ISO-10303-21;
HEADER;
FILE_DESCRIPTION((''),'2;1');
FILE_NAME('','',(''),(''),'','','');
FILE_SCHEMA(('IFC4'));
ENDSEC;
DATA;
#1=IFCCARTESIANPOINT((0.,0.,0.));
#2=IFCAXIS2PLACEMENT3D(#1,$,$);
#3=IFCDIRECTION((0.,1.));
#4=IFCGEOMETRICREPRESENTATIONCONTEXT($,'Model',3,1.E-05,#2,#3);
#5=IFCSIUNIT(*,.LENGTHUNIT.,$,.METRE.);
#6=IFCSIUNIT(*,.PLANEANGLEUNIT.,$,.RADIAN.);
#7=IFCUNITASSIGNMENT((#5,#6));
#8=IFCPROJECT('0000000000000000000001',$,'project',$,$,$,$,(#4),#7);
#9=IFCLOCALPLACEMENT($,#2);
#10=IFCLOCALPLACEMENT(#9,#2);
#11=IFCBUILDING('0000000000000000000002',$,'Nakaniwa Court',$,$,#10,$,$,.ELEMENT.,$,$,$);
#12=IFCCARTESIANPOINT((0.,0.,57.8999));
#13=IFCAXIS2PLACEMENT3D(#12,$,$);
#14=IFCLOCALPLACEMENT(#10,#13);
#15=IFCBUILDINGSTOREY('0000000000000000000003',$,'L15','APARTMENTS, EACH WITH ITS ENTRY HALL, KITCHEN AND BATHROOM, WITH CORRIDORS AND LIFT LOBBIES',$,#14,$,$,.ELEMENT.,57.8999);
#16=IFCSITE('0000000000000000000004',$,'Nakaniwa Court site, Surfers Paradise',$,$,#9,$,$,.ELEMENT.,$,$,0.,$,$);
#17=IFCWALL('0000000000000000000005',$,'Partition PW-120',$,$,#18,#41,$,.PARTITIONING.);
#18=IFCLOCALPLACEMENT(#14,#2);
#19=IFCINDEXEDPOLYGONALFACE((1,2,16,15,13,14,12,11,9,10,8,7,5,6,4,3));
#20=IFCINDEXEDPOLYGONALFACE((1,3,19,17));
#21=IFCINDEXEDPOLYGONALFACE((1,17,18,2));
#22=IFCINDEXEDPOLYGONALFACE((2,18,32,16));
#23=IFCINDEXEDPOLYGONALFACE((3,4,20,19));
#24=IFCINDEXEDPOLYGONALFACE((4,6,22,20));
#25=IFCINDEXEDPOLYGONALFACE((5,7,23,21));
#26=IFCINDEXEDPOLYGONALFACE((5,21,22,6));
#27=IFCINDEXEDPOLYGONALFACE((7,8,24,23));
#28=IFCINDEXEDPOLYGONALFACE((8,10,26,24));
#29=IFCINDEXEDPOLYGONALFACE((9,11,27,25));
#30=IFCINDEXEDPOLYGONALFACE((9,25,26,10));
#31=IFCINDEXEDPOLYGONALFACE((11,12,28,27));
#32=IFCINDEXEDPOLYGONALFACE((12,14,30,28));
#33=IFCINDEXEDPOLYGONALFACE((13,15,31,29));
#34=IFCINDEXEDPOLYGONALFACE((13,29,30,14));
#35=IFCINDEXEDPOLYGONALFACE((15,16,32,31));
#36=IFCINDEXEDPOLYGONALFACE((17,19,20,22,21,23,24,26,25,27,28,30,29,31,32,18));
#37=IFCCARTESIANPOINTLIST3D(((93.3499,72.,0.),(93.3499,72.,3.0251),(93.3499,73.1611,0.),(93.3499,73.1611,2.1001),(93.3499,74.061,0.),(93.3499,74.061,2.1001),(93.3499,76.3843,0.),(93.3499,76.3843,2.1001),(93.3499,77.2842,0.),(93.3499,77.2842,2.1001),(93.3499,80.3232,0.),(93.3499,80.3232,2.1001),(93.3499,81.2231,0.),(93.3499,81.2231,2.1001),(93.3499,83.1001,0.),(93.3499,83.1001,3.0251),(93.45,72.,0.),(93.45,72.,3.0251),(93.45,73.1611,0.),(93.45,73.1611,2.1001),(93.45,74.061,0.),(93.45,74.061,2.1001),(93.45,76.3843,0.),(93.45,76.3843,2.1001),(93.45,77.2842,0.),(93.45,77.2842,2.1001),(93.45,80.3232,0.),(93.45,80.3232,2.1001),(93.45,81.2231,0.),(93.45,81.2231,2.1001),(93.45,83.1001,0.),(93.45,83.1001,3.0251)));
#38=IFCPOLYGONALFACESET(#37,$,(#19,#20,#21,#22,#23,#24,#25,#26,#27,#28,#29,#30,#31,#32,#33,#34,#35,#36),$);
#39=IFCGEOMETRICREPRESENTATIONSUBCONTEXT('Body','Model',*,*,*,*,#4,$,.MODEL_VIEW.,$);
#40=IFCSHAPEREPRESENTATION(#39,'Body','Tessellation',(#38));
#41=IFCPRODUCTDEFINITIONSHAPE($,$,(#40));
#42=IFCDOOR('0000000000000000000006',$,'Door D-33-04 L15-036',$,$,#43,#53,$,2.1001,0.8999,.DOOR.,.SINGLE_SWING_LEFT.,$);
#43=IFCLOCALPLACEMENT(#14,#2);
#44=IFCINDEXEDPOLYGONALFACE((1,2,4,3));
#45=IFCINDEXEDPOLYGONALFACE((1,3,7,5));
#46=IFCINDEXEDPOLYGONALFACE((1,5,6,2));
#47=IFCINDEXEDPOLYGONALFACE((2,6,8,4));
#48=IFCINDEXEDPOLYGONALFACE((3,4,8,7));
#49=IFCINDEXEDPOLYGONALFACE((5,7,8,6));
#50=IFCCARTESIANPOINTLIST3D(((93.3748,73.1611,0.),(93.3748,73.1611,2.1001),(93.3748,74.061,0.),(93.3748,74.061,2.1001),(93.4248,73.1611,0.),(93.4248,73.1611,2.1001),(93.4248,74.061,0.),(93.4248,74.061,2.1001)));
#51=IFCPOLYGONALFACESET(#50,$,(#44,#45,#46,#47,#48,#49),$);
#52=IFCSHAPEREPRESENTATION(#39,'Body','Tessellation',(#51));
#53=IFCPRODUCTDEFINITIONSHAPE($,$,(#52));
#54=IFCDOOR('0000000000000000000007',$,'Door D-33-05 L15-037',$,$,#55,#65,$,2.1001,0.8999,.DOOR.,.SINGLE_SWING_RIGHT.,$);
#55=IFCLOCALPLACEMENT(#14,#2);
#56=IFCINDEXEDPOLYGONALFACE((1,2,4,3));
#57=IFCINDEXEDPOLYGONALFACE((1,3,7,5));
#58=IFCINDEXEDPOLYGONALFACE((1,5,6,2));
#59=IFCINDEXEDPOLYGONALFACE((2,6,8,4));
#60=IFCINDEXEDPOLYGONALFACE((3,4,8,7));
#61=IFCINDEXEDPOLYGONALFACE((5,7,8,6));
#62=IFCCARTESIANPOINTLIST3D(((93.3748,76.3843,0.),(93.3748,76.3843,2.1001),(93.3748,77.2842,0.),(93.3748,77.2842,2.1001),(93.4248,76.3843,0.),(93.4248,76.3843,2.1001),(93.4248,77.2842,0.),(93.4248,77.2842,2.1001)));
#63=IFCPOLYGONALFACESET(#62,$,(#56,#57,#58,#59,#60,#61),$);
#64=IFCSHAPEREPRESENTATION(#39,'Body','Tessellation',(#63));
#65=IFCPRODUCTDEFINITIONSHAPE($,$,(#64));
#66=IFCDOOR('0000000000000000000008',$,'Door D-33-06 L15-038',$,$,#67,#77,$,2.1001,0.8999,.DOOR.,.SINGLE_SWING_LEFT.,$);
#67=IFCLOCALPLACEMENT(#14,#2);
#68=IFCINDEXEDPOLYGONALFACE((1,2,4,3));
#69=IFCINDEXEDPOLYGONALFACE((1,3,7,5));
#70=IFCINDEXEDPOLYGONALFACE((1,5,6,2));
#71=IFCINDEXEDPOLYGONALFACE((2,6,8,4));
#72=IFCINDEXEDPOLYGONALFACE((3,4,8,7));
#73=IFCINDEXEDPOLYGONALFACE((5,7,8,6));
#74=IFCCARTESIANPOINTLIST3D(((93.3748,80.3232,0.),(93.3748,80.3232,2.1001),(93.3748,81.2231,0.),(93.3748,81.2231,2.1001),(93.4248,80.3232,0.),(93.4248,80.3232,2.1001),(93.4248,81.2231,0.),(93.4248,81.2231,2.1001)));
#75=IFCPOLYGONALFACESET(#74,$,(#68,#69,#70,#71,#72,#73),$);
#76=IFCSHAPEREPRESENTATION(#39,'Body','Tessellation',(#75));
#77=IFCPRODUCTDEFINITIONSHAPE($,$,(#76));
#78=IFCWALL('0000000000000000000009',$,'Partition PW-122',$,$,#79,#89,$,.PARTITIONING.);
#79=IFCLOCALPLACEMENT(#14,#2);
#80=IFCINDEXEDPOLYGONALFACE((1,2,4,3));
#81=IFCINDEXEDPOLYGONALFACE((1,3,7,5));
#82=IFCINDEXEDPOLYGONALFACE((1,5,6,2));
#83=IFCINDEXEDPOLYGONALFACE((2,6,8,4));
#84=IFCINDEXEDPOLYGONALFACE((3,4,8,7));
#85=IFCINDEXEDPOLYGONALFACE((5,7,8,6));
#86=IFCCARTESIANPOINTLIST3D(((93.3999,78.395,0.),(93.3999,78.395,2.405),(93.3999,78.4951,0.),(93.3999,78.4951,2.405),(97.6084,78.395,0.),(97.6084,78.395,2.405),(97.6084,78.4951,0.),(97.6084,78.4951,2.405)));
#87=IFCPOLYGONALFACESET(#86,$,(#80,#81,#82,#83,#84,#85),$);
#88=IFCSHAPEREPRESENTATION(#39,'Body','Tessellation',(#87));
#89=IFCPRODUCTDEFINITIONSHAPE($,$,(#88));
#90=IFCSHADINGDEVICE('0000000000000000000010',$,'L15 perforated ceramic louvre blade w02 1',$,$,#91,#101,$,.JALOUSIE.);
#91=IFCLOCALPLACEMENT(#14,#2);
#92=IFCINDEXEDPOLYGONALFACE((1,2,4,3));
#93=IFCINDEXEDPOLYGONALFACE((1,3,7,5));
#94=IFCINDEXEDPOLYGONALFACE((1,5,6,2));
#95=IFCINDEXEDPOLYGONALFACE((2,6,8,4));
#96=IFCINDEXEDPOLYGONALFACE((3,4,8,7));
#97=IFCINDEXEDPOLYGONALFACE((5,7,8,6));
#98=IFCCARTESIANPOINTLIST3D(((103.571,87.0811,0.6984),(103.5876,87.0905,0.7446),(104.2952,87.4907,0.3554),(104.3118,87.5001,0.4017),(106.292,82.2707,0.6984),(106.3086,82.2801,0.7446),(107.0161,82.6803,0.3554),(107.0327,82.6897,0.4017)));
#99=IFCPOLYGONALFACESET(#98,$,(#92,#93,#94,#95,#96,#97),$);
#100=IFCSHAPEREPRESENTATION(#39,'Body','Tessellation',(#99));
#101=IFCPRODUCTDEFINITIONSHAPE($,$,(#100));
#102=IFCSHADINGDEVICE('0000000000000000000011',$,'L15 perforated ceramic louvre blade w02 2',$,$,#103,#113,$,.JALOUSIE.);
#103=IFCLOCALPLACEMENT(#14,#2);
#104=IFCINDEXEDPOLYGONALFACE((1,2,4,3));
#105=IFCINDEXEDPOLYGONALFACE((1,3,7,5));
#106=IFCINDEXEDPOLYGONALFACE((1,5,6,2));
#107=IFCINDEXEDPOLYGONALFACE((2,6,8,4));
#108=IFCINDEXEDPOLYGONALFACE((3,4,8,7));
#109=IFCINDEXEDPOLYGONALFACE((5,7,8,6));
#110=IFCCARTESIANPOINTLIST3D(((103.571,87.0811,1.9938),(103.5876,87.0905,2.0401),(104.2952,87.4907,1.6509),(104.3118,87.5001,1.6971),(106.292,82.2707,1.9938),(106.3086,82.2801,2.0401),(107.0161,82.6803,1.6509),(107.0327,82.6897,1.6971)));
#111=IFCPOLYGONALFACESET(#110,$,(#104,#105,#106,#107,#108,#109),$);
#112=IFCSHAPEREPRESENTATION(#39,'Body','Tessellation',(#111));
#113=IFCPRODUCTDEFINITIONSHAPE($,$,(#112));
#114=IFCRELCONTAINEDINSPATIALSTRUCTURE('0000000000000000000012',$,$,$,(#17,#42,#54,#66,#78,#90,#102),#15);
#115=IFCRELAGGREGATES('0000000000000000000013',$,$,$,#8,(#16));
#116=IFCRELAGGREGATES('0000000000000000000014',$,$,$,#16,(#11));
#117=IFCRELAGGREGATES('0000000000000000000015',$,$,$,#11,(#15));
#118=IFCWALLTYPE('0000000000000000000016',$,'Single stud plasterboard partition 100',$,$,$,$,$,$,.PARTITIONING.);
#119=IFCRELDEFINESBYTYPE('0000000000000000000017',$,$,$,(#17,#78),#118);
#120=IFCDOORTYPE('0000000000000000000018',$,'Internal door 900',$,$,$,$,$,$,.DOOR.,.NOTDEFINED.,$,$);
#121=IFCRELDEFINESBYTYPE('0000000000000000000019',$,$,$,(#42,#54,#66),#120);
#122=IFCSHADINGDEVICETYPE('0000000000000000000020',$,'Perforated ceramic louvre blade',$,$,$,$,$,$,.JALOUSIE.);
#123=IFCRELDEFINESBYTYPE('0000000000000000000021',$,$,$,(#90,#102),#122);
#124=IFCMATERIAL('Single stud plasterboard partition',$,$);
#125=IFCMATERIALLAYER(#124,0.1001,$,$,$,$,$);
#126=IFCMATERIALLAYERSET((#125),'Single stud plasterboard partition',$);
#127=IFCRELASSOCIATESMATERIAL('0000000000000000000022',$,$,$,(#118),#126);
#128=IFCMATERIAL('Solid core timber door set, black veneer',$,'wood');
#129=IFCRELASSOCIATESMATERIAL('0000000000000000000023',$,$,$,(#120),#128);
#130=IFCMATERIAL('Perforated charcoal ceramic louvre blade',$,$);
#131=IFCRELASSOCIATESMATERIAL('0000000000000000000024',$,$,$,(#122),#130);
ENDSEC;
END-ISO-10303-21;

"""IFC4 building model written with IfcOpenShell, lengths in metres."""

from ifc_helpers import new_model, si_unit, direction, frame, frame_2d, origin, origin_2d, place, context, subcontext, project, spatial, rectangle, extrude, material, layer, layer_set, material_profile, profile_set, type_object, element, fill, save


model = new_model("IFC4")

# Units and contexts
model_context = context("Model", 3, precision=1e-05, world=origin(), true_north=direction((0.0, 1.0)))
body_context = subcontext(model_context, "Body", "Model", "MODEL_VIEW")
ifc_project = project(units=[si_unit("LENGTHUNIT", "METRE"), si_unit("PLANEANGLEUNIT", "RADIAN")], contexts=[model_context])

# Site, building, storey
site_placement = place(None, origin())
site = spatial("IfcSite", under=ifc_project, at=site_placement, Name="Nakaniwa Court site, Surfers Paradise", CompositionType="ELEMENT", RefElevation=0.0)
building_placement = place(site_placement, origin())
building = spatial("IfcBuilding", under=site, at=building_placement, Name="Nakaniwa Court", CompositionType="ELEMENT")
storey_placement = place(building_placement, frame((0.0, 0.0, 57.8999)))
storey = spatial("IfcBuildingStorey", under=building, at=storey_placement, Name="L15", Description="APARTMENTS, EACH WITH ITS ENTRY HALL, KITCHEN AND BATHROOM, WITH CORRIDORS AND LIFT LOBBIES", CompositionType="ELEMENT", Elevation=57.8999)

# Shared definitions
ifc_material_1 = material(Name="Single stud plasterboard partition")
ifc_layer_1 = layer(ifc_material_1, 0.1001)
ifc_layer_set_1 = layer_set([ifc_layer_1], Name="Single stud plasterboard partition")
wall_type_1 = type_object("IfcWallType", Name="Single stud plasterboard partition 100", PredefinedType="PARTITIONING", material=ifc_layer_set_1)

# Wall, openings, doors
wall_1_placement = place(storey_placement, frame((93.3999, 83.1001, 0.0), z_axis=(0.0, 0.0, 1.0), x_axis=(0.0, -1.0, 0.0)))
wall_1 = element("IfcWall", 1, at=wall_1_placement, inside=storey, type_object=wall_type_1, Name="Partition PW-120", PredefinedType="PARTITIONING", context=body_context, shape_type="SweptSolid", body=[
    extrude(rectangle(XDim=11.1001, YDim=0.1001, at=frame_2d((5.55, 0.0))), origin(), (0.0, 0.0, 1.0), 3.0251),
])
opening_1_placement = place(wall_1_placement, frame((9.0391, 0.0, 0.0)))
opening_1 = element("IfcOpeningElement", 2, at=opening_1_placement, cuts=wall_1, PredefinedType="OPENING", context=body_context, shape_type="SweptSolid", body=[
    extrude(rectangle(XDim=0.8999, YDim=2.1001, at=frame_2d((0.45, 1.05))), frame((0.0, 0.0601, 0.0), z_axis=(0.0, -1.0, 0.0), x_axis=(1.0, 0.0, 0.0)), (0.0, 0.0, 1.0), 0.1201),
])
opening_2_placement = place(wall_1_placement, frame((5.8159, 0.0, 0.0)))
opening_2 = element("IfcOpeningElement", 3, at=opening_2_placement, cuts=wall_1, PredefinedType="OPENING", context=body_context, shape_type="SweptSolid", body=[
    extrude(rectangle(XDim=0.8999, YDim=2.1001, at=frame_2d((0.45, 1.05))), frame((0.0, 0.0601, 0.0), z_axis=(0.0, -1.0, 0.0), x_axis=(1.0, 0.0, 0.0)), (0.0, 0.0, 1.0), 0.1201),
])
opening_3_placement = place(wall_1_placement, frame((1.877, 0.0, 0.0)))
opening_3 = element("IfcOpeningElement", 4, at=opening_3_placement, cuts=wall_1, PredefinedType="OPENING", context=body_context, shape_type="SweptSolid", body=[
    extrude(rectangle(XDim=0.8999, YDim=2.1001, at=frame_2d((0.45, 1.05))), frame((0.0, 0.0601, 0.0), z_axis=(0.0, -1.0, 0.0), x_axis=(1.0, 0.0, 0.0)), (0.0, 0.0, 1.0), 0.1201),
])
ifc_material_2 = material(Name="Solid core timber door set, black veneer", Category="wood")
door_type = type_object("IfcDoorType", Name="Internal door 900", OperationType="NOTDEFINED", PredefinedType="DOOR", material=ifc_material_2)
door_1_placement = place(opening_1_placement, origin())
door_1 = element("IfcDoor", 5, at=door_1_placement, inside=storey, type_object=door_type, Name="Door D-33-04 L15-036", OperationType="SINGLE_SWING_LEFT", OverallHeight=2.1001, OverallWidth=0.8999, PredefinedType="DOOR", context=body_context, shape_type="SweptSolid", body=[
    extrude(rectangle(XDim=0.8999, YDim=2.1001, at=frame_2d((0.45, 1.05))), frame((0.0, 0.0249, 0.0), z_axis=(0.0, -1.0, 0.0), x_axis=(1.0, 0.0, 0.0)), (0.0, 0.0, 1.0), 0.05),
])
fill(opening_1, door_1)
door_2_placement = place(opening_2_placement, origin())
door_2 = element("IfcDoor", 6, at=door_2_placement, inside=storey, type_object=door_type, Name="Door D-33-05 L15-037", OperationType="SINGLE_SWING_RIGHT", OverallHeight=2.1001, OverallWidth=0.8999, PredefinedType="DOOR", context=body_context, shape_type="SweptSolid", body=[
    extrude(rectangle(XDim=0.8999, YDim=2.1001, at=frame_2d((0.45, 1.05))), frame((0.0, 0.0249, 0.0), z_axis=(0.0, -1.0, 0.0), x_axis=(1.0, 0.0, 0.0)), (0.0, 0.0, 1.0), 0.05),
])
fill(opening_2, door_2)
door_3_placement = place(opening_3_placement, origin())
door_3 = element("IfcDoor", 7, at=door_3_placement, inside=storey, type_object=door_type, Name="Door D-33-06 L15-038", OperationType="SINGLE_SWING_LEFT", OverallHeight=2.1001, OverallWidth=0.8999, PredefinedType="DOOR", context=body_context, shape_type="SweptSolid", body=[
    extrude(rectangle(XDim=0.8999, YDim=2.1001, at=frame_2d((0.45, 1.05))), frame((0.0, 0.0249, 0.0), z_axis=(0.0, -1.0, 0.0), x_axis=(1.0, 0.0, 0.0)), (0.0, 0.0, 1.0), 0.05),
])
fill(opening_3, door_3)

# Wall
wall_2_placement = place(storey_placement, frame((93.3999, 78.4451, 0.0), z_axis=(0.0, 0.0, 1.0), x_axis=(1.0, 0.0, 0.0)))
element("IfcWall", 8, at=wall_2_placement, inside=storey, type_object=wall_type_1, Name="Partition PW-122", PredefinedType="PARTITIONING", context=body_context, shape_type="SweptSolid", body=[
    extrude(rectangle(XDim=4.2085, YDim=0.1001, at=frame_2d((2.1042, 0.0))), origin(), (0.0, 0.0, 1.0), 2.405),
])

# Shading devices
ifc_material_3 = material(Name="Perforated charcoal ceramic louvre blade")
ifc_material_profile_1 = material_profile(ifc_material_3, rectangle(XDim=0.8999, YDim=0.05, at=origin_2d()), Name="Perforated ceramic louvre blade")
ifc_profile_set_1 = profile_set([ifc_material_profile_1], Name="Perforated charcoal ceramic louvre blade")
shading_device_type = type_object("IfcShadingDeviceType", Name="Perforated ceramic louvre blade", PredefinedType="JALOUSIE", material=ifc_profile_set_1)
for number, where, z_axis, x_axis, name in (
    (9, (106.6624, 82.4802, 0.55), (-0.492343, 0.870402, 0.0), (-0.804726, -0.455193, 0.38107), "L15 perforated ceramic louvre blade w02 1"),
    (10, (106.6624, 82.4802, 1.8455), (-0.492343, 0.870402, 0.0), (-0.804726, -0.455193, 0.38107), "L15 perforated ceramic louvre blade w02 2"),
):
    element("IfcShadingDevice", number, at=place(storey_placement, frame(where, z_axis=z_axis, x_axis=x_axis)), inside=storey, type_object=shading_device_type, Name=name, PredefinedType="JALOUSIE", context=body_context, shape_type="SweptSolid", body=[
        extrude(rectangle(XDim=0.8999, YDim=0.05, at=origin_2d()), origin(), (0.0, 0.0, 1.0), 5.5266),
    ])

save(model, "model.ifc")
